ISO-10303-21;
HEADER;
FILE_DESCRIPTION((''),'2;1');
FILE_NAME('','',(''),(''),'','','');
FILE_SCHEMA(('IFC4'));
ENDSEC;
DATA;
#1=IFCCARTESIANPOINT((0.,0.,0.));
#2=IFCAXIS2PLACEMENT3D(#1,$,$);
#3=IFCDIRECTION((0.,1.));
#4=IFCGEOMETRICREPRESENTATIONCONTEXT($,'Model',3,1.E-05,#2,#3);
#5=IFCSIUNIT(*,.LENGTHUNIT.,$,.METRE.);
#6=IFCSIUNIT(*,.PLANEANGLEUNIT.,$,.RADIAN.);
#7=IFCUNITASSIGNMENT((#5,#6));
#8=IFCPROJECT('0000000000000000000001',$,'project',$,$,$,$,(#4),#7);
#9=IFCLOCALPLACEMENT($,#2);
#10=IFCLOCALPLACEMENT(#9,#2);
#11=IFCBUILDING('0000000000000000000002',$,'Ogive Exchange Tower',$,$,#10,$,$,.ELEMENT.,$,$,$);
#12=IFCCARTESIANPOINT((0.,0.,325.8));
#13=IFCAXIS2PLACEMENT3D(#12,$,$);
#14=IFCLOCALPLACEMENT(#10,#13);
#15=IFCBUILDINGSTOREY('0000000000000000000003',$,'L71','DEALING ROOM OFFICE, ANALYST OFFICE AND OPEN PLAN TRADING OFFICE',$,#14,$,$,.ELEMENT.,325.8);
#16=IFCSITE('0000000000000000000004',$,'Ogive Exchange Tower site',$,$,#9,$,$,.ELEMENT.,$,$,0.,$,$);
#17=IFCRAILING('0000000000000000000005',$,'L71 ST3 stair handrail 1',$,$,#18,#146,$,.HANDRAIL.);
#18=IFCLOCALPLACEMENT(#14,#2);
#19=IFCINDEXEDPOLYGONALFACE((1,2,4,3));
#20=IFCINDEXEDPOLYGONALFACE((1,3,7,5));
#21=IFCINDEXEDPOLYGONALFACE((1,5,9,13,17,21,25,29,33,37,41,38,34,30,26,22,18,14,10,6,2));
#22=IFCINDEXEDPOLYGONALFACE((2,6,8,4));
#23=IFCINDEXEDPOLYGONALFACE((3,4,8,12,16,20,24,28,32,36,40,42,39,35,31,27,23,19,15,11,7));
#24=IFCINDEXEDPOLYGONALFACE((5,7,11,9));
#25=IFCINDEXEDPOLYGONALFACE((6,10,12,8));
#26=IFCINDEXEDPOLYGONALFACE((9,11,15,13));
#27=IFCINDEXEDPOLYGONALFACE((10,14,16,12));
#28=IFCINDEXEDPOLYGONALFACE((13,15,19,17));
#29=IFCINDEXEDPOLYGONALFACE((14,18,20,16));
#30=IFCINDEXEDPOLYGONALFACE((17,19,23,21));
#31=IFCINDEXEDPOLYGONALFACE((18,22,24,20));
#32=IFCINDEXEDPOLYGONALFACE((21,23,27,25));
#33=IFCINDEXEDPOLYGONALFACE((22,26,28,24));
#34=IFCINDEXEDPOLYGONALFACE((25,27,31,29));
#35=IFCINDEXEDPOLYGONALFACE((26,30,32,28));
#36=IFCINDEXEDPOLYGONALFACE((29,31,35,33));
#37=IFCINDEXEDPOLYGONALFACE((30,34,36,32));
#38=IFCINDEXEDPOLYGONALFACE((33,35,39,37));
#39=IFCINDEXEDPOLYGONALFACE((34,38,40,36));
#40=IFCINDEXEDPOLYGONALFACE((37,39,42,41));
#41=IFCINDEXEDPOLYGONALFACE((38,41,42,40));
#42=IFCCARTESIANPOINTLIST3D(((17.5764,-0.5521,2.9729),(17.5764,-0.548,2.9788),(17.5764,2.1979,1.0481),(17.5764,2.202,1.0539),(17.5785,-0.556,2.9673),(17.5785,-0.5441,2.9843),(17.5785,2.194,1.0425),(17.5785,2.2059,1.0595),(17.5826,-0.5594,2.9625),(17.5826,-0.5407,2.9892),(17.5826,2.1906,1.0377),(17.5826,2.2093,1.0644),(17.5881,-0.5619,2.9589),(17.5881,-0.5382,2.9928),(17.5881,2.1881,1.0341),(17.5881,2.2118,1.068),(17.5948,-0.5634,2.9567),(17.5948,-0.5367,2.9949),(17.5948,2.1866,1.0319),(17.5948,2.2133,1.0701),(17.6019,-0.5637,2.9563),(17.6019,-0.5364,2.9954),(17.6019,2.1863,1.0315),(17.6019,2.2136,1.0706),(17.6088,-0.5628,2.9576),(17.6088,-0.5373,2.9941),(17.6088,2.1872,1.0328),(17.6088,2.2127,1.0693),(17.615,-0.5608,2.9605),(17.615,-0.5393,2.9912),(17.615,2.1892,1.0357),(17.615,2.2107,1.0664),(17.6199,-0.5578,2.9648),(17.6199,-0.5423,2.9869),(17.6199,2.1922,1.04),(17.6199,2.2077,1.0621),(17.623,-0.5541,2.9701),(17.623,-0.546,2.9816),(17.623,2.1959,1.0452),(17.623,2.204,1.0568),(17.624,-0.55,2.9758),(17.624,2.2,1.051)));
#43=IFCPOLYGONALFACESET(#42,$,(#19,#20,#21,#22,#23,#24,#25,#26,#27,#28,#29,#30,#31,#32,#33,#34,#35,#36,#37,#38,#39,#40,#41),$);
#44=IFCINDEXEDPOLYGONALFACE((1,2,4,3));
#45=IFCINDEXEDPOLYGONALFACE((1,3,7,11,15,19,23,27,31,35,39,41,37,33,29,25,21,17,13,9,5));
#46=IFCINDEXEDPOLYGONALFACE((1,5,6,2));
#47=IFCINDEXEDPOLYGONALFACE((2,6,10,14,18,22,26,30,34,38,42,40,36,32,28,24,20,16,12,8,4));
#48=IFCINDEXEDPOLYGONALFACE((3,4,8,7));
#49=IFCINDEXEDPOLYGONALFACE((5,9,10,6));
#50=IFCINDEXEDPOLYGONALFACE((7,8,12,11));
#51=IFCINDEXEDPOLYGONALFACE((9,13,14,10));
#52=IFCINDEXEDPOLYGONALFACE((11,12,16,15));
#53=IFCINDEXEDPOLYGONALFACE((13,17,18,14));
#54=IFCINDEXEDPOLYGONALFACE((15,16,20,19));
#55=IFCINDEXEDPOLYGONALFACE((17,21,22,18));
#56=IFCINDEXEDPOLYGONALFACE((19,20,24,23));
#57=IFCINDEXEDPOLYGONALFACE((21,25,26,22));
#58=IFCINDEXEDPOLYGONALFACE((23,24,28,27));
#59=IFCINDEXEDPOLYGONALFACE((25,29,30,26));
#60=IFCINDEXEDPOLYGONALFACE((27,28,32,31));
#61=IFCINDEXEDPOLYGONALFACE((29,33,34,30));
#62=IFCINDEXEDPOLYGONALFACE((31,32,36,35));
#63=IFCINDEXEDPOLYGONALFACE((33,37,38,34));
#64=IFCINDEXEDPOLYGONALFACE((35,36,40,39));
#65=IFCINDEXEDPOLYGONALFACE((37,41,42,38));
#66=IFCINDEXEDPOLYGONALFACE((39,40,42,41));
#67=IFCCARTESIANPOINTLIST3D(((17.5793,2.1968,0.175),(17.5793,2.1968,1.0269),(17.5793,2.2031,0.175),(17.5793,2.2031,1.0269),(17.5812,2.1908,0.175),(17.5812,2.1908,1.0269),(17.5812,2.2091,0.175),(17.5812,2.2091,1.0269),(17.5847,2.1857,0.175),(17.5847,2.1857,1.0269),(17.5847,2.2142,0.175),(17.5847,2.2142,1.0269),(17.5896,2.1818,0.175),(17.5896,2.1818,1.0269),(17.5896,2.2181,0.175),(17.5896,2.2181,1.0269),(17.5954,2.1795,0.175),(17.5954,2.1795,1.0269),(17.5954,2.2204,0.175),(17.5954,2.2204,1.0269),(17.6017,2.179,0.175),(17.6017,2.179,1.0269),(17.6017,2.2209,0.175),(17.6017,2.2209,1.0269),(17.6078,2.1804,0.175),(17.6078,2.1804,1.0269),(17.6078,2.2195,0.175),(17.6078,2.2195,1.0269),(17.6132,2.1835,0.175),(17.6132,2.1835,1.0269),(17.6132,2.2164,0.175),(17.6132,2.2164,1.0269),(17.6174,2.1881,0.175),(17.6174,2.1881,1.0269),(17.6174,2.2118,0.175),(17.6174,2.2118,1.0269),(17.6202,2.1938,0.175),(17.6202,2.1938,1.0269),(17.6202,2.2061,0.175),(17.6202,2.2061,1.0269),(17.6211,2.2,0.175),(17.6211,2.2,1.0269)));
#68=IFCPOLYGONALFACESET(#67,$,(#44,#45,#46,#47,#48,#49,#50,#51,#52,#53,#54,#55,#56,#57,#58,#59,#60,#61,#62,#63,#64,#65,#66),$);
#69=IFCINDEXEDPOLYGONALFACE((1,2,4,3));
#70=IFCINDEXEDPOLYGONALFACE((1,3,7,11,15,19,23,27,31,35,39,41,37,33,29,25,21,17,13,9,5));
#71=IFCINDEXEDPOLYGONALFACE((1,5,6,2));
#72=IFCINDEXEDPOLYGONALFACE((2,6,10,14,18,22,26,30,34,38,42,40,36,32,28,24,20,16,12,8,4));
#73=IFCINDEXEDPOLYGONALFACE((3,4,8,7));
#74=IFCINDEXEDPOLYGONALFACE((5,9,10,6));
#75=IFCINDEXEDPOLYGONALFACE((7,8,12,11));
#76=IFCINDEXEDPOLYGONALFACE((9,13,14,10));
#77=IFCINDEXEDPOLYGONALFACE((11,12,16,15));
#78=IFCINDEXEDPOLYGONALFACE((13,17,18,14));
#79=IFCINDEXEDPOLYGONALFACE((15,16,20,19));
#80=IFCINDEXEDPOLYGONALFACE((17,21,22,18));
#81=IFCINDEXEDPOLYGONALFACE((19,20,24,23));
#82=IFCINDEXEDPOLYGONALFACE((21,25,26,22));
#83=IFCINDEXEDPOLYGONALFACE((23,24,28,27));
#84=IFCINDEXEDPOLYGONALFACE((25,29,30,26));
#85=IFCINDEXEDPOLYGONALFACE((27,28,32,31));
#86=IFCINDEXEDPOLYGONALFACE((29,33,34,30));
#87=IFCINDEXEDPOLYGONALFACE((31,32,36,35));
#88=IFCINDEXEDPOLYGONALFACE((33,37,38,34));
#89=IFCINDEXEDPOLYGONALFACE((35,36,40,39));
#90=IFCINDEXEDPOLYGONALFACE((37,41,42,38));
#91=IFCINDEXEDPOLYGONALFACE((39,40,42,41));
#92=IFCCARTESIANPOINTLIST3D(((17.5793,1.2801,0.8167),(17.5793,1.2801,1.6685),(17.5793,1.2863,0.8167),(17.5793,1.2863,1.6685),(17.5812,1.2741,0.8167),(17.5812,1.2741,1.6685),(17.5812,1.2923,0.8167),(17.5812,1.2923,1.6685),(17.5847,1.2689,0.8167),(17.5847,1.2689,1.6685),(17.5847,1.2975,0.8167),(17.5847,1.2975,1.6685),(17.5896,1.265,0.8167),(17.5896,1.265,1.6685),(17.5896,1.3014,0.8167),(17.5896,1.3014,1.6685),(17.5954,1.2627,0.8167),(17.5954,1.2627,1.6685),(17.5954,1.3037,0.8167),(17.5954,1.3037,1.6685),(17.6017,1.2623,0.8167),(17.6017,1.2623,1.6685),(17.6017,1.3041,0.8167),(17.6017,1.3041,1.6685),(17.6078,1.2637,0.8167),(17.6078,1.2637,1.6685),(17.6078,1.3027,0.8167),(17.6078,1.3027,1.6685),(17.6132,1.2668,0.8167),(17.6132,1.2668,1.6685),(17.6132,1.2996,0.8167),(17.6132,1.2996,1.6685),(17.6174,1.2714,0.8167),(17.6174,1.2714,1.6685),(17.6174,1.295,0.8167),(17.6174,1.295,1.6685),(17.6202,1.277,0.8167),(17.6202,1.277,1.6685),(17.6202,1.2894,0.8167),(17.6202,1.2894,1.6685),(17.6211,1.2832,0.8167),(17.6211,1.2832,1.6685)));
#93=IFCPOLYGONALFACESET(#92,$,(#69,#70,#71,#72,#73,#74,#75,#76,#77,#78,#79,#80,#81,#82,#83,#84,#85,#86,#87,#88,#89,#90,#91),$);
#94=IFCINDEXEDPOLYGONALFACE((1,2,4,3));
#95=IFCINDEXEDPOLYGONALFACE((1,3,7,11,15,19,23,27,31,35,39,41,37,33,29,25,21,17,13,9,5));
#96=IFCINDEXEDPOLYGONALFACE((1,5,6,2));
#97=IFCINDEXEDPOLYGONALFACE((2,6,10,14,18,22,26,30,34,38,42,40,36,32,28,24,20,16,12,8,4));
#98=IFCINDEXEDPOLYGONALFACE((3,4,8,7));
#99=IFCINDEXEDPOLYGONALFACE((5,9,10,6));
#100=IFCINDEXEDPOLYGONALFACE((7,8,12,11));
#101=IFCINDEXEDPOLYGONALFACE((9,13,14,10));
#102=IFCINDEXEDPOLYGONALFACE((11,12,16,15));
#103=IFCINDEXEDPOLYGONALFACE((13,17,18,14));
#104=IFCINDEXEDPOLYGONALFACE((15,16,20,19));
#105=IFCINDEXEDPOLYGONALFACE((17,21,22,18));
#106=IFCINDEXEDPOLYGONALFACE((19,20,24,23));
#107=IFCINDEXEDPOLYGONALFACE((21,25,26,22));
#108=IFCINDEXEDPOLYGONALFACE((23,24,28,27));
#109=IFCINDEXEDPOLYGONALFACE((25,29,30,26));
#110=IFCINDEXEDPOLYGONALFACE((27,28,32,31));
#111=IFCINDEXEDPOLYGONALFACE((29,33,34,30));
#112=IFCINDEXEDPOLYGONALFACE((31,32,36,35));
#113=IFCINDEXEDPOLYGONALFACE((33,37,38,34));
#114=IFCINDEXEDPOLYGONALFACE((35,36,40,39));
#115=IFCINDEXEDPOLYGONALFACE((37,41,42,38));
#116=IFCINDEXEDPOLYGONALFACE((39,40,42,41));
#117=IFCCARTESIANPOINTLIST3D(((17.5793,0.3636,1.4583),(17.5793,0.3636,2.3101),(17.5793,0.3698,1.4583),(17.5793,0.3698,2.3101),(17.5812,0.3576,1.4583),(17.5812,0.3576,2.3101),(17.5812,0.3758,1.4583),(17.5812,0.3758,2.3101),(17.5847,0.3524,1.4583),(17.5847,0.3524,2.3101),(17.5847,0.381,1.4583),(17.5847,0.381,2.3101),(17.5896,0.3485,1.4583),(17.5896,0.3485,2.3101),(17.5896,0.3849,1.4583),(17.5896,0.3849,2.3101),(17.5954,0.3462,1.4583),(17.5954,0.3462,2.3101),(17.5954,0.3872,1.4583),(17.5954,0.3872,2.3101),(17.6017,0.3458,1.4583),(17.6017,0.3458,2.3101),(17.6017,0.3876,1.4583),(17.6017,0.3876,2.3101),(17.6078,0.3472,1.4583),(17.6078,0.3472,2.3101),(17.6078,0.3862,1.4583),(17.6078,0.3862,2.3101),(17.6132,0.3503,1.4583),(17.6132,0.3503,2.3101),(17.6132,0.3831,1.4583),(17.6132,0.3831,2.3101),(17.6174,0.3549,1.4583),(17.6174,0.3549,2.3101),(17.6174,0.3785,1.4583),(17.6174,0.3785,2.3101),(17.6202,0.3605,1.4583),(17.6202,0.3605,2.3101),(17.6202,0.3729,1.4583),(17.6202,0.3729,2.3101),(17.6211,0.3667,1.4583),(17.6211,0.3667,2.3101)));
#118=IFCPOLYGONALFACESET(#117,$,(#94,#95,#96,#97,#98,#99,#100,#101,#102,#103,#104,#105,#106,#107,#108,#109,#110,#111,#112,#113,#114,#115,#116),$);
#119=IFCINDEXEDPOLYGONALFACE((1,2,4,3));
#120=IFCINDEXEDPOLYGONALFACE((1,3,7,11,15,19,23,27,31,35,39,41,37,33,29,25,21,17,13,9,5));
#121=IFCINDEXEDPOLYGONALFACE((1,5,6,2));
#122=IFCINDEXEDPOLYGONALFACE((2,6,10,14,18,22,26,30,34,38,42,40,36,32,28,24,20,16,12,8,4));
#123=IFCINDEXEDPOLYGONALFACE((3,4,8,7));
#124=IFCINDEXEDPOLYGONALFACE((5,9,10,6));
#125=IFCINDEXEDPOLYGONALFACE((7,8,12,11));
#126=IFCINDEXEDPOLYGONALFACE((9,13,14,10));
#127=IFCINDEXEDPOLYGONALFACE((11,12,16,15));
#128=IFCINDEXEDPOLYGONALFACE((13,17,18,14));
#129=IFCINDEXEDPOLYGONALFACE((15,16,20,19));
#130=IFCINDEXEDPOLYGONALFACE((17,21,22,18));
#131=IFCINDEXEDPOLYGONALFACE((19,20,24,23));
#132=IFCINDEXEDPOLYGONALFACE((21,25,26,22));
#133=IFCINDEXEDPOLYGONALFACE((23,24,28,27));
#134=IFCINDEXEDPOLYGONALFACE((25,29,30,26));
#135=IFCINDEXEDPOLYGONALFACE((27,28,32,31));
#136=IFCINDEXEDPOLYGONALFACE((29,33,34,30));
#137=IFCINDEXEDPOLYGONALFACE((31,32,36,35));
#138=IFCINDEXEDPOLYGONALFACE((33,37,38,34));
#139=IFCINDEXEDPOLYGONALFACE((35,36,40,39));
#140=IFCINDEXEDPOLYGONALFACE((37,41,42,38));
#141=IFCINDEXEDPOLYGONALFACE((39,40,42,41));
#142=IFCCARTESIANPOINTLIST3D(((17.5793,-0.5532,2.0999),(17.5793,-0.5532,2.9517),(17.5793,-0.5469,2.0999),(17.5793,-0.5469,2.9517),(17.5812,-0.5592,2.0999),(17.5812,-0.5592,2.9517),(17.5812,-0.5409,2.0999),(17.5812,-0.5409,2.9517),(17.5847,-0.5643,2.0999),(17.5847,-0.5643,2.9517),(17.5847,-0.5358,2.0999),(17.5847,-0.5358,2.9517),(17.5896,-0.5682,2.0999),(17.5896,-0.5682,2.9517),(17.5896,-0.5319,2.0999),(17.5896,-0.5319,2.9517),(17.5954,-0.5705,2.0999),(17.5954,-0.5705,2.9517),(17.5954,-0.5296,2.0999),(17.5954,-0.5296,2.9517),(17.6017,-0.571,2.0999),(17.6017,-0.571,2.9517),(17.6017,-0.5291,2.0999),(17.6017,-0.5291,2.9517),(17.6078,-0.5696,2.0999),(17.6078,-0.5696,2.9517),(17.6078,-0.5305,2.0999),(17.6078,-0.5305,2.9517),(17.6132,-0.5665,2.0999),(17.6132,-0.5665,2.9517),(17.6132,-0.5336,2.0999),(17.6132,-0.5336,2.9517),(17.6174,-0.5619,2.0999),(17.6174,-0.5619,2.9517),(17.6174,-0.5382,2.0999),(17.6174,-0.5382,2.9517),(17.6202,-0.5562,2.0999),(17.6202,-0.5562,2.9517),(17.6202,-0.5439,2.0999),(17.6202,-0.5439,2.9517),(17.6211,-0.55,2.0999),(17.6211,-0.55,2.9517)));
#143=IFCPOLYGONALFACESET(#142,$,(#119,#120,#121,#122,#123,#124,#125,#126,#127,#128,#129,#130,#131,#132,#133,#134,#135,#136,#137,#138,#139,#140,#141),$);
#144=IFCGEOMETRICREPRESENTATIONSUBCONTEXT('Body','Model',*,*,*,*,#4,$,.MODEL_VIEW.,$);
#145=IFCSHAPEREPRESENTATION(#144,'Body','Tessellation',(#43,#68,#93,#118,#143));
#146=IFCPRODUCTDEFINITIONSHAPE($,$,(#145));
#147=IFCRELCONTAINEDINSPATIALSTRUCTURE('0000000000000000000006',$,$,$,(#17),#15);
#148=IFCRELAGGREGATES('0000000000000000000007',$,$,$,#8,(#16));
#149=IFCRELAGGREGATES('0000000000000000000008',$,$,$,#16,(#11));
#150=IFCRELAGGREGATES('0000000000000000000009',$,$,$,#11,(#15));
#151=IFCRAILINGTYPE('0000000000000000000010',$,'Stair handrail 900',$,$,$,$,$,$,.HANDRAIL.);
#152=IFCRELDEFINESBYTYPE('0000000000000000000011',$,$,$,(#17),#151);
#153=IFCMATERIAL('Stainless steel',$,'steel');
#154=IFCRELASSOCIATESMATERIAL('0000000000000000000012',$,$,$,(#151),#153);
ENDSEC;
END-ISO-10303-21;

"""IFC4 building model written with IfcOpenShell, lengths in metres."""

from ifc_helpers import new_model, si_unit, direction, frame, origin, origin_2d, place, context, subcontext, project, spatial, circle, extrude, material, type_object, element, save


model = new_model("IFC4")

# Units and contexts
model_context = context("Model", 3, precision=1e-05, world=origin(), true_north=direction((0.0, 1.0)))
body_context = subcontext(model_context, "Body", "Model", "MODEL_VIEW")
ifc_project = project(units=[si_unit("LENGTHUNIT", "METRE"), si_unit("PLANEANGLEUNIT", "RADIAN")], contexts=[model_context])

# Site, building, storey
site_placement = place(None, origin())
site = spatial("IfcSite", under=ifc_project, at=site_placement, Name="Ogive Exchange Tower site", CompositionType="ELEMENT", RefElevation=0.0)
building_placement = place(site_placement, origin())
building = spatial("IfcBuilding", under=site, at=building_placement, Name="Ogive Exchange Tower", CompositionType="ELEMENT")
storey_placement = place(building_placement, frame((0.0, 0.0, 325.8)))
storey = spatial("IfcBuildingStorey", under=building, at=storey_placement, Name="L71", Description="DEALING ROOM OFFICE, ANALYST OFFICE AND OPEN PLAN TRADING OFFICE", CompositionType="ELEMENT", Elevation=325.8)

# Shared definitions
ifc_material_1 = material(Name="Stainless steel", Category="steel")

# Railing
railing_type = type_object("IfcRailingType", Name="Stair handrail 900", PredefinedType="HANDRAIL", material=ifc_material_1)
railing_1_placement = place(storey_placement, frame((17.6001, 2.2, 0.175)))
element("IfcRailing", 1, at=railing_1_placement, inside=storey, type_object=railing_type, Name="L71 ST3 stair handrail 1", PredefinedType="HANDRAIL", context=body_context, shape_type="SweptSolid", body=[
    extrude(circle(Radius=0.0239, at=origin_2d()), frame((0.0, 0.0, 0.876), z_axis=(0.0, -0.819259, 0.573423), x_axis=(1.0, 0.0, 0.0)), (0.0, 0.0, 1.0), 3.3567),
    extrude(circle(Radius=0.021, at=origin_2d()), origin(), (0.0, 0.0, 1.0), 0.8518),
    extrude(circle(Radius=0.021, at=origin_2d()), frame((0.0, -0.9167, 0.6416)), (0.0, 0.0, 1.0), 0.8518),
    extrude(circle(Radius=0.021, at=origin_2d()), frame((0.0, -1.8333, 1.2832)), (0.0, 0.0, 1.0), 0.8518),
    extrude(circle(Radius=0.021, at=origin_2d()), frame((0.0, -2.75, 1.9248)), (0.0, 0.0, 1.0), 0.8518),
])

save(model, "model.ifc")
